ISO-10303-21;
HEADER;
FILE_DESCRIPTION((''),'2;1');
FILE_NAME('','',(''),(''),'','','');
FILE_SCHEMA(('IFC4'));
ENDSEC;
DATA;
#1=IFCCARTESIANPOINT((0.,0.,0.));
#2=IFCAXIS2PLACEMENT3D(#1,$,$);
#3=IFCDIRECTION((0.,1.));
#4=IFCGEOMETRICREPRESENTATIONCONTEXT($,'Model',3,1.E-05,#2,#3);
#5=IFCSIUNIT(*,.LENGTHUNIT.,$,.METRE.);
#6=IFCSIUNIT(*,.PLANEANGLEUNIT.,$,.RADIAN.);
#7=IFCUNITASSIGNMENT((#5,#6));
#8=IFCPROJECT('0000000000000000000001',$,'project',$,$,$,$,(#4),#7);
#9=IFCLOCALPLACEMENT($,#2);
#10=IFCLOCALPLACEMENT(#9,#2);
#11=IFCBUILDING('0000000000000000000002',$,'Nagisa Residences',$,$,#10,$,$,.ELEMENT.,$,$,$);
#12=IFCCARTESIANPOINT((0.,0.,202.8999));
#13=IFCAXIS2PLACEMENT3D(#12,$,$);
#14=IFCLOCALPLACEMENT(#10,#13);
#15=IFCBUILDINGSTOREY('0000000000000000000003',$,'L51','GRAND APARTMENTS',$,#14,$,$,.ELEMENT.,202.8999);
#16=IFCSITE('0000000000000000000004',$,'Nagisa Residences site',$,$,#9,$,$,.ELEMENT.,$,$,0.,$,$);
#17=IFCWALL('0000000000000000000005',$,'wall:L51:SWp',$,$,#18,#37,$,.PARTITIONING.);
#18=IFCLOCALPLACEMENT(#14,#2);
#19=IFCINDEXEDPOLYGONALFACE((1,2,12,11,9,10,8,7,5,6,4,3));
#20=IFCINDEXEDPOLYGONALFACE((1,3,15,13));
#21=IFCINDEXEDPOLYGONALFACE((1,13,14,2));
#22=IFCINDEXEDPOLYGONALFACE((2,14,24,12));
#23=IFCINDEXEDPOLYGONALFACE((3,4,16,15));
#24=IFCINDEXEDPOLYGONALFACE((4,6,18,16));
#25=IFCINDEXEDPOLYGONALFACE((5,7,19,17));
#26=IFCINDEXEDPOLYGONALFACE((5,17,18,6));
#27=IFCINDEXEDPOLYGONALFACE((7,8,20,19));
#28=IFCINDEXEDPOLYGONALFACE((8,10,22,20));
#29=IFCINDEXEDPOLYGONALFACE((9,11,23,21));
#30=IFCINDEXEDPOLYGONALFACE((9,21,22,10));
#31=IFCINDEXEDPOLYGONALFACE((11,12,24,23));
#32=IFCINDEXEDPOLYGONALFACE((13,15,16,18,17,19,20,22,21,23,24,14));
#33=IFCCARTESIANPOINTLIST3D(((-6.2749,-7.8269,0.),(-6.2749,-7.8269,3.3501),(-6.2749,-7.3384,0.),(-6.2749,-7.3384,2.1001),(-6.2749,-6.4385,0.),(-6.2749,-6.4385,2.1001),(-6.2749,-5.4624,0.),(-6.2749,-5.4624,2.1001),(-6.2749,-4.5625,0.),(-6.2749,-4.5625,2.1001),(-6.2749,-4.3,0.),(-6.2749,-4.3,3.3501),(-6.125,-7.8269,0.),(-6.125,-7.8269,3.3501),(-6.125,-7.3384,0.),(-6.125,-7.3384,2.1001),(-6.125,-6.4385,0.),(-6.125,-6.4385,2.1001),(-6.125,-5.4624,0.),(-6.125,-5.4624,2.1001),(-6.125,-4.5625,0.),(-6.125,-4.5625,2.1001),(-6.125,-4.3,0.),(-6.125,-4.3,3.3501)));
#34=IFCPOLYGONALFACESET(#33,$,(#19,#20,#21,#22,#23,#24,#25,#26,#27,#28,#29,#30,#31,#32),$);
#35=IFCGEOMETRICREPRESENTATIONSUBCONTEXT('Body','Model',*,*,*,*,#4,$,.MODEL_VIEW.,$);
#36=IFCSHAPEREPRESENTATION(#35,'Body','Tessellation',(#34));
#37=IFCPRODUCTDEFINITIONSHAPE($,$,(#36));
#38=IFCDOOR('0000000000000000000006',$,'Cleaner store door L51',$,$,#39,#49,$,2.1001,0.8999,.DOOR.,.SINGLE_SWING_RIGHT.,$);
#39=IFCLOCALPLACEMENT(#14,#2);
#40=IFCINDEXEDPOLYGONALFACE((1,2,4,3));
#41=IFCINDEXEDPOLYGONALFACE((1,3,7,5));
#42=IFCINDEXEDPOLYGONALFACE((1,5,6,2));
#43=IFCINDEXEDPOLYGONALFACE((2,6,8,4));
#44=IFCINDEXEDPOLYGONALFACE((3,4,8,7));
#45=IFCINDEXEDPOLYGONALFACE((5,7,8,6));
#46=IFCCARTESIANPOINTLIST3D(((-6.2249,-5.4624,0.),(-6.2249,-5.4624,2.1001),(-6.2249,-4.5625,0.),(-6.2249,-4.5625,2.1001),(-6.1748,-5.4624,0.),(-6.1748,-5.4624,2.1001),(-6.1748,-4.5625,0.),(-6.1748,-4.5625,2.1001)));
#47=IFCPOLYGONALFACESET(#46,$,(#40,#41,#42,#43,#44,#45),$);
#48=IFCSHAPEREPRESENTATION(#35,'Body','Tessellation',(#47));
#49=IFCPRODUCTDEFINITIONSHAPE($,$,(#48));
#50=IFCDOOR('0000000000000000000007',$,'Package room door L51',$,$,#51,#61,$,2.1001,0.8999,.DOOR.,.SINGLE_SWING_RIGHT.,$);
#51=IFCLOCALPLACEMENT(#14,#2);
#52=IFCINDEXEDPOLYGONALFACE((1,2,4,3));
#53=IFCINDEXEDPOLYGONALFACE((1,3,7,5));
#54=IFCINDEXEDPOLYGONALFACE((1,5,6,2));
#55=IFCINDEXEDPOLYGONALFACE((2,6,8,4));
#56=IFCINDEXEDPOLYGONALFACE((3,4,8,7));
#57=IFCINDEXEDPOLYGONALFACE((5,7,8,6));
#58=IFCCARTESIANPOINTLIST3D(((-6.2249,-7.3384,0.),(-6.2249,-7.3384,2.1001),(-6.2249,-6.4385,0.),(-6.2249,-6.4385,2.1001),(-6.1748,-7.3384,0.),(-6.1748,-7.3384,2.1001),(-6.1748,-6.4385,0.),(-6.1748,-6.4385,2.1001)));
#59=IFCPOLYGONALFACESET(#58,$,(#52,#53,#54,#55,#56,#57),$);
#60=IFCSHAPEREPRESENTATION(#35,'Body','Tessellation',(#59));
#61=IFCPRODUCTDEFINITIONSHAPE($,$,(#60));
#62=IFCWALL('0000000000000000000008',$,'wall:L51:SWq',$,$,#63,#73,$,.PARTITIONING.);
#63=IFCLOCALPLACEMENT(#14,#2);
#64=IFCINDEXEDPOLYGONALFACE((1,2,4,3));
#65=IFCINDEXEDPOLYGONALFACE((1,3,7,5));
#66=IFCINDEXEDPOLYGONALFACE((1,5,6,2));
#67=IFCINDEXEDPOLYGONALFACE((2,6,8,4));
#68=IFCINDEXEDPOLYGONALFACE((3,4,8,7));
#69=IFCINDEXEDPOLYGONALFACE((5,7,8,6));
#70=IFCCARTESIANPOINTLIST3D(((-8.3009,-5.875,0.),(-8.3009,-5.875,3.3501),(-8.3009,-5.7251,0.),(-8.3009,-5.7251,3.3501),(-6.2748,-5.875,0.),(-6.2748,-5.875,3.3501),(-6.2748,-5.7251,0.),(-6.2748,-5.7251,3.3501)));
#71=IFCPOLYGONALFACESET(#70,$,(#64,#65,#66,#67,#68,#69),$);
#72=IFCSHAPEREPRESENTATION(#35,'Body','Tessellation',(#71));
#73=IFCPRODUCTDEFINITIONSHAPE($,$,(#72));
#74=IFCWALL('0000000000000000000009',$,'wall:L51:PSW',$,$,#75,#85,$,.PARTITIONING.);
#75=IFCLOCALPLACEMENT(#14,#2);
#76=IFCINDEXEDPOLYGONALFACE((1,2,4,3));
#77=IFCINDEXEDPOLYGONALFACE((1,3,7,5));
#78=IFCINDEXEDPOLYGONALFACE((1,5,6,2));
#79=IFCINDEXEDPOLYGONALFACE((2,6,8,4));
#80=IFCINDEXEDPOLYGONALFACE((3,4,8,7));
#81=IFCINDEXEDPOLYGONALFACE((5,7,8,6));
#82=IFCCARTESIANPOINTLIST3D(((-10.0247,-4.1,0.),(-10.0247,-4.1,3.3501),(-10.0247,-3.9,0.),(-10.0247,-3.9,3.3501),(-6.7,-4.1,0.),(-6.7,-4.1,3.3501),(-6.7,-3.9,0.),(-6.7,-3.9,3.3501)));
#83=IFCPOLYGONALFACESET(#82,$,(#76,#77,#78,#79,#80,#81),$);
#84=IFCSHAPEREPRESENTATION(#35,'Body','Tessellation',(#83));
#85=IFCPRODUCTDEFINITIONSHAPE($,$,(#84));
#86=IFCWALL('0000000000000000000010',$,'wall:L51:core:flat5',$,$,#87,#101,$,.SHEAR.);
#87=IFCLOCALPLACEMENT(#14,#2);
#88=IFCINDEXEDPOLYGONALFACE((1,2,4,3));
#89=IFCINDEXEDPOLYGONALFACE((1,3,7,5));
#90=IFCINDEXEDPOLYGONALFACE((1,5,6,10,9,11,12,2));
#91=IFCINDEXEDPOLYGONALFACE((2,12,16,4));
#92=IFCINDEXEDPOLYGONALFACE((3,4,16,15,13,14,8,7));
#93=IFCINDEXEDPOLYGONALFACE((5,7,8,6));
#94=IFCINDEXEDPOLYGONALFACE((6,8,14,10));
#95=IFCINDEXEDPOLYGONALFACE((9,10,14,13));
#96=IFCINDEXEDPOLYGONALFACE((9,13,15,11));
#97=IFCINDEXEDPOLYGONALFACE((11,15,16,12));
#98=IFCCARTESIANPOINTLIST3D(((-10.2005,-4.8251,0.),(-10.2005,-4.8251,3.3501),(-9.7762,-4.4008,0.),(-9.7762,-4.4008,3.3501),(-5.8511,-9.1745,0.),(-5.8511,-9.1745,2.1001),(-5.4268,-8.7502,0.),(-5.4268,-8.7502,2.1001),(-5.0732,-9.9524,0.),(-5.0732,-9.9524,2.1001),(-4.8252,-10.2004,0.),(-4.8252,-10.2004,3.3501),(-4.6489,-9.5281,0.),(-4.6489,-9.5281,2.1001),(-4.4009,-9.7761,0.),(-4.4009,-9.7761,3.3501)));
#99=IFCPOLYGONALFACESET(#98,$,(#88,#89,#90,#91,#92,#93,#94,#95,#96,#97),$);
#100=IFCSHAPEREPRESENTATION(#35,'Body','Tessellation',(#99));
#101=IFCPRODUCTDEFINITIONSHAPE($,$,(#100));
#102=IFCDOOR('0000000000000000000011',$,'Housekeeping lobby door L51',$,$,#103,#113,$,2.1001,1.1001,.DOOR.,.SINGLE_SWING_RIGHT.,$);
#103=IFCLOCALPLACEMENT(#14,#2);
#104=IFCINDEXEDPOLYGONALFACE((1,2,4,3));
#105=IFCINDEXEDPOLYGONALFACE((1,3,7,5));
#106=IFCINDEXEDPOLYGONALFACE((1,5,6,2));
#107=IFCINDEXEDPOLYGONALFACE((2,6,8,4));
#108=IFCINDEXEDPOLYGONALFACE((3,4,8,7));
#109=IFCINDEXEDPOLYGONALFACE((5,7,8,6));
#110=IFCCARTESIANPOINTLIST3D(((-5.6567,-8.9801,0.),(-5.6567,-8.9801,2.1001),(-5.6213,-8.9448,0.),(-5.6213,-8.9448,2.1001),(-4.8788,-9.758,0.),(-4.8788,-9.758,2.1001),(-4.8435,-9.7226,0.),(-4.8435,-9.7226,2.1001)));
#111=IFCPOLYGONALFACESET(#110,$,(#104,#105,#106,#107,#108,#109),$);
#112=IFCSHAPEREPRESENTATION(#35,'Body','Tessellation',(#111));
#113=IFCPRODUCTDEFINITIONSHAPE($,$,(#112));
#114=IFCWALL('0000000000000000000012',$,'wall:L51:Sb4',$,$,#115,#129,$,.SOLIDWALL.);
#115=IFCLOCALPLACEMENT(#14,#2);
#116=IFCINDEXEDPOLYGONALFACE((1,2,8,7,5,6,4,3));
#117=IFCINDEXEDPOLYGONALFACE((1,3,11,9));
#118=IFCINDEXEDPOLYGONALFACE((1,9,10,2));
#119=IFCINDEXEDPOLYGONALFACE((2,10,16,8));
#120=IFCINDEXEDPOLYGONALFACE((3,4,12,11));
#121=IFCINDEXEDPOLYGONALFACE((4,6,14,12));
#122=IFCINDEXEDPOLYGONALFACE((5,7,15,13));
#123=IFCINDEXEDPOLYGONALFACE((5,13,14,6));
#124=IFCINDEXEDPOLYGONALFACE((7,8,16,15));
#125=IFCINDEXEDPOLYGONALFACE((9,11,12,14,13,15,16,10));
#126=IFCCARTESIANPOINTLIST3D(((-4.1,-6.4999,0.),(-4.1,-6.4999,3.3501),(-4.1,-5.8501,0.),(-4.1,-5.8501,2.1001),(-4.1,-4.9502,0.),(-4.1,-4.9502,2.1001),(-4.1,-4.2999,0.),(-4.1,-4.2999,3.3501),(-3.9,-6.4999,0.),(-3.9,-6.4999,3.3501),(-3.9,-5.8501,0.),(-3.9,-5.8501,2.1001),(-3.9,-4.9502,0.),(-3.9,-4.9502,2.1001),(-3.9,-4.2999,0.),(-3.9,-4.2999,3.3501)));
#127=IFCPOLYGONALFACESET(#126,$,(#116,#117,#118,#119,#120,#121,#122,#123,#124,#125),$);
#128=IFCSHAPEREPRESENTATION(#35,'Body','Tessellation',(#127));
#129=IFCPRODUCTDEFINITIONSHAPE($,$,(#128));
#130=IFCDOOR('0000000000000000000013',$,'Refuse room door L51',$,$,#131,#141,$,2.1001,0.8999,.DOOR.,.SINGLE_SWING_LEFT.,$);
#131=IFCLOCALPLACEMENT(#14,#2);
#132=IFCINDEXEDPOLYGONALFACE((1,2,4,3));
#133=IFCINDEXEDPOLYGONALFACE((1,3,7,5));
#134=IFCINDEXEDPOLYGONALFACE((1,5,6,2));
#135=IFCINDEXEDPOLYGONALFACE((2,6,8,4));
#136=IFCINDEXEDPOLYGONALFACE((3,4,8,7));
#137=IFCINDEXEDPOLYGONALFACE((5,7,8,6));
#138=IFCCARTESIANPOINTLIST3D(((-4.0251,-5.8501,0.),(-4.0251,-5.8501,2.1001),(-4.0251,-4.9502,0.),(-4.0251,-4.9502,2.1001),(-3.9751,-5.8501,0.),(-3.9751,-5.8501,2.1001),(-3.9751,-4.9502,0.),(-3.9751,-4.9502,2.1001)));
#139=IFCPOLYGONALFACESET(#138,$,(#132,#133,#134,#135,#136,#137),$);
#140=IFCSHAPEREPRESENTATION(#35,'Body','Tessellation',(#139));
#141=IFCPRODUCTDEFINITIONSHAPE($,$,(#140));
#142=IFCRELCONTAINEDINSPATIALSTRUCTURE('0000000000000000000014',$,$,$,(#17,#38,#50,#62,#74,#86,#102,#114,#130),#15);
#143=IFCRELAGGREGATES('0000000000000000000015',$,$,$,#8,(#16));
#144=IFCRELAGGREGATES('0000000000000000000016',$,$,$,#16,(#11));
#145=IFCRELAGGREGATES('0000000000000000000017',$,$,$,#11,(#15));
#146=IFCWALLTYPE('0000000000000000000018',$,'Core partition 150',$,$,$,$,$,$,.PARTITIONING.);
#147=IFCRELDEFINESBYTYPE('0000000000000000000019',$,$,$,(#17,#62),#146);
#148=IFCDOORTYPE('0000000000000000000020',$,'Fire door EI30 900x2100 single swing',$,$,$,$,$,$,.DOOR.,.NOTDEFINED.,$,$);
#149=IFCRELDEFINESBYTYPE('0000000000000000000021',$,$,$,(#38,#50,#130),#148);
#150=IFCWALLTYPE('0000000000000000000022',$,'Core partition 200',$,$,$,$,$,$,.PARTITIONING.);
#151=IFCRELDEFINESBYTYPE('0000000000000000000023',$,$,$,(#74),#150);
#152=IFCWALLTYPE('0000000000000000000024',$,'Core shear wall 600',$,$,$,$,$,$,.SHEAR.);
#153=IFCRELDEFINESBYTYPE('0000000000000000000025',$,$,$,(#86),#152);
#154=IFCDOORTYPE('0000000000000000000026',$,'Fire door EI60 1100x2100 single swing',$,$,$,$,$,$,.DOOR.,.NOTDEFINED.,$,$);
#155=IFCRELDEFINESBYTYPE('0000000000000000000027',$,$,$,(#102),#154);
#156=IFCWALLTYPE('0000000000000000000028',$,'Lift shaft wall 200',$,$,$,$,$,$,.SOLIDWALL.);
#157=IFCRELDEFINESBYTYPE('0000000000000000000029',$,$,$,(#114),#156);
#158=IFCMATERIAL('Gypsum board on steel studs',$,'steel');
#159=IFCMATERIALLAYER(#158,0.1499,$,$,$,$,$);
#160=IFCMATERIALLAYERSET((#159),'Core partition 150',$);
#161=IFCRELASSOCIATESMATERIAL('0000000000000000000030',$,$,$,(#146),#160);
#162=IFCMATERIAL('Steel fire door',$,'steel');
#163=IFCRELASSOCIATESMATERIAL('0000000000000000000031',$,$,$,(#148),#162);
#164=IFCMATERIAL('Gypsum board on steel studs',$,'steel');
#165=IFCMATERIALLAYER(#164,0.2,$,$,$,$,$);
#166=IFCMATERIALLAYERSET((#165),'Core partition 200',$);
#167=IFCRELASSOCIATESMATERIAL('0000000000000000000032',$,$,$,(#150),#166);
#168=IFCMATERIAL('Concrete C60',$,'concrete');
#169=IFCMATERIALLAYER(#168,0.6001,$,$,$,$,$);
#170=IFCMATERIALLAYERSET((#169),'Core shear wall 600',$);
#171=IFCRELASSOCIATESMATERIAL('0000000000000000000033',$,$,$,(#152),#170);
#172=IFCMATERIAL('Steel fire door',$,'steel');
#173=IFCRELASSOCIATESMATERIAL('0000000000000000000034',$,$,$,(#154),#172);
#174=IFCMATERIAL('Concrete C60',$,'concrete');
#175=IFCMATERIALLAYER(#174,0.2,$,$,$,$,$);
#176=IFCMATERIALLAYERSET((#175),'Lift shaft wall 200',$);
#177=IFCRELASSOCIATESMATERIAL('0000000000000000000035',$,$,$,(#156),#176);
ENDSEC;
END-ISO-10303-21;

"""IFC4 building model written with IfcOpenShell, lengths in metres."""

from ifc_helpers import new_model, si_unit, direction, frame, frame_2d, origin, place, context, subcontext, project, spatial, rectangle, extrude, material, layer, layer_set, type_object, element, fill, save


model = new_model("IFC4")

# Units and contexts
model_context = context("Model", 3, precision=1e-05, world=origin(), true_north=direction((0.0, 1.0)))
body_context = subcontext(model_context, "Body", "Model", "MODEL_VIEW")
ifc_project = project(units=[si_unit("LENGTHUNIT", "METRE"), si_unit("PLANEANGLEUNIT", "RADIAN")], contexts=[model_context])

# Site, building, storey
site_placement = place(None, origin())
site = spatial("IfcSite", under=ifc_project, at=site_placement, Name="Nagisa Residences site", CompositionType="ELEMENT", RefElevation=0.0)
building_placement = place(site_placement, origin())
building = spatial("IfcBuilding", under=site, at=building_placement, Name="Nagisa Residences", CompositionType="ELEMENT")
storey_placement = place(building_placement, frame((0.0, 0.0, 202.8999)))
storey = spatial("IfcBuildingStorey", under=building, at=storey_placement, Name="L51", Description="GRAND APARTMENTS", CompositionType="ELEMENT", Elevation=202.8999)

# Wall, openings, doors
ifc_material_1 = material(Name="Gypsum board on steel studs", Category="steel")
ifc_layer_1 = layer(ifc_material_1, 0.1499)
ifc_layer_set_1 = layer_set([ifc_layer_1], Name="Core partition 150")
wall_type_1 = type_object("IfcWallType", Name="Core partition 150", PredefinedType="PARTITIONING", material=ifc_layer_set_1)
wall_1_placement = place(storey_placement, frame((-6.2, -7.8269, 0.0), z_axis=(0.0, 0.0, 1.0), x_axis=(0.0, 1.0, 0.0)))
wall_1 = element("IfcWall", 1, at=wall_1_placement, inside=storey, type_object=wall_type_1, Name="wall:L51:SWp", PredefinedType="PARTITIONING", context=body_context, shape_type="SweptSolid", body=[
    extrude(rectangle(XDim=3.5269, YDim=0.1499, at=frame_2d((1.7634, 0.0))), origin(), (0.0, 0.0, 1.0), 3.3501),
])
opening_1_placement = place(wall_1_placement, frame((2.3645, 0.0, 0.0)))
opening_1 = element("IfcOpeningElement", 2, at=opening_1_placement, cuts=wall_1, PredefinedType="OPENING", context=body_context, shape_type="SweptSolid", body=[
    extrude(rectangle(XDim=0.8999, YDim=2.1001, at=frame_2d((0.45, 1.05))), frame((0.0, 0.085, 0.0), z_axis=(0.0, -1.0, 0.0), x_axis=(1.0, 0.0, 0.0)), (0.0, 0.0, 1.0), 0.1699),
])
opening_2_placement = place(wall_1_placement, frame((0.4885, 0.0, 0.0)))
opening_2 = element("IfcOpeningElement", 3, at=opening_2_placement, cuts=wall_1, PredefinedType="OPENING", context=body_context, shape_type="SweptSolid", body=[
    extrude(rectangle(XDim=0.8999, YDim=2.1001, at=frame_2d((0.45, 1.05))), frame((0.0, 0.085, 0.0), z_axis=(0.0, -1.0, 0.0), x_axis=(1.0, 0.0, 0.0)), (0.0, 0.0, 1.0), 0.1699),
])
ifc_material_2 = material(Name="Steel fire door", Category="steel")
door_type_1 = type_object("IfcDoorType", Name="Fire door EI30 900x2100 single swing", OperationType="NOTDEFINED", PredefinedType="DOOR", material=ifc_material_2)
door_1_placement = place(opening_1_placement, origin())
door_1 = element("IfcDoor", 4, at=door_1_placement, inside=storey, type_object=door_type_1, Name="Cleaner store door L51", OperationType="SINGLE_SWING_RIGHT", OverallHeight=2.1001, OverallWidth=0.8999, PredefinedType="DOOR", context=body_context, shape_type="SweptSolid", body=[
    extrude(rectangle(XDim=0.8999, YDim=2.1001, at=frame_2d((0.45, 1.05))), frame((0.0, 0.0249, 0.0), z_axis=(0.0, -1.0, 0.0), x_axis=(1.0, 0.0, 0.0)), (0.0, 0.0, 1.0), 0.05),
])
fill(opening_1, door_1)
door_2_placement = place(opening_2_placement, origin())
door_2 = element("IfcDoor", 5, at=door_2_placement, inside=storey, type_object=door_type_1, Name="Package room door L51", OperationType="SINGLE_SWING_RIGHT", OverallHeight=2.1001, OverallWidth=0.8999, PredefinedType="DOOR", context=body_context, shape_type="SweptSolid", body=[
    extrude(rectangle(XDim=0.8999, YDim=2.1001, at=frame_2d((0.45, 1.05))), frame((0.0, 0.0249, 0.0), z_axis=(0.0, -1.0, 0.0), x_axis=(1.0, 0.0, 0.0)), (0.0, 0.0, 1.0), 0.05),
])
fill(opening_2, door_2)

# Walls
wall_2_placement = place(storey_placement, frame((-8.301, -5.8, 0.0), z_axis=(0.0, 0.0, 1.0), x_axis=(1.0, 0.0, 0.0)))
element("IfcWall", 6, at=wall_2_placement, inside=storey, type_object=wall_type_1, Name="wall:L51:SWq", PredefinedType="PARTITIONING", context=body_context, shape_type="SweptSolid", body=[
    extrude(rectangle(XDim=2.0261, YDim=0.1499, at=frame_2d((1.0132, 0.0))), origin(), (0.0, 0.0, 1.0), 3.3501),
])
ifc_material_3 = material(Name="Gypsum board on steel studs", Category="steel")
ifc_layer_2 = layer(ifc_material_3, 0.2)
ifc_layer_set_2 = layer_set([ifc_layer_2], Name="Core partition 200")
wall_type_2 = type_object("IfcWallType", Name="Core partition 200", PredefinedType="PARTITIONING", material=ifc_layer_set_2)
wall_3_placement = place(storey_placement, frame((-10.0247, -4.0, 0.0), z_axis=(0.0, 0.0, 1.0), x_axis=(1.0, 0.0, 0.0)))
element("IfcWall", 7, at=wall_3_placement, inside=storey, type_object=wall_type_2, Name="wall:L51:PSW", PredefinedType="PARTITIONING", context=body_context, shape_type="SweptSolid", body=[
    extrude(rectangle(XDim=3.3247, YDim=0.2, at=frame_2d((1.6624, 0.0))), origin(), (0.0, 0.0, 1.0), 3.3501),
])

# Walls, openings, doors
ifc_material_4 = material(Name="Concrete C60", Category="concrete")
ifc_layer_3 = layer(ifc_material_4, 0.6001)
ifc_layer_set_3 = layer_set([ifc_layer_3], Name="Core shear wall 600")
wall_type_3 = type_object("IfcWallType", Name="Core shear wall 600", PredefinedType="SHEAR", material=ifc_layer_set_3)
wall_4_placement = place(storey_placement, frame((-9.9883, -4.613, 0.0), z_axis=(0.0, 0.0, 1.0), x_axis=(0.707107, -0.707107, 0.0)))
wall_4 = element("IfcWall", 8, at=wall_4_placement, inside=storey, type_object=wall_type_3, Name="wall:L51:core:flat5", PredefinedType="SHEAR", context=body_context, shape_type="SweptSolid", body=[
    extrude(rectangle(XDim=7.6018, YDim=0.6001, at=frame_2d((3.8008, 0.0))), origin(), (0.0, 0.0, 1.0), 3.3501),
])
opening_3_placement = place(wall_4_placement, frame((6.1509, 0.0, 0.0)))
opening_3 = element("IfcOpeningElement", 9, at=opening_3_placement, cuts=wall_4, PredefinedType="OPENING", context=body_context, shape_type="SweptSolid", body=[
    extrude(rectangle(XDim=1.1001, YDim=2.1001, at=frame_2d((0.55, 1.05))), frame((0.0, 0.3101, 0.0), z_axis=(0.0, -1.0, 0.0), x_axis=(1.0, 0.0, 0.0)), (0.0, 0.0, 1.0), 0.6201),
])
ifc_material_5 = material(Name="Steel fire door", Category="steel")
door_type_2 = type_object("IfcDoorType", Name="Fire door EI60 1100x2100 single swing", OperationType="NOTDEFINED", PredefinedType="DOOR", material=ifc_material_5)
door_3_placement = place(opening_3_placement, origin())
door_3 = element("IfcDoor", 10, at=door_3_placement, inside=storey, type_object=door_type_2, Name="Housekeeping lobby door L51", OperationType="SINGLE_SWING_RIGHT", OverallHeight=2.1001, OverallWidth=1.1001, PredefinedType="DOOR", context=body_context, shape_type="SweptSolid", body=[
    extrude(rectangle(XDim=1.1001, YDim=2.1001, at=frame_2d((0.55, 1.05))), frame((0.0, 0.0249, 0.0), z_axis=(0.0, -1.0, 0.0), x_axis=(1.0, 0.0, 0.0)), (0.0, 0.0, 1.0), 0.05),
])
fill(opening_3, door_3)
ifc_material_6 = material(Name="Concrete C60", Category="concrete")
ifc_layer_4 = layer(ifc_material_6, 0.2)
ifc_layer_set_4 = layer_set([ifc_layer_4], Name="Lift shaft wall 200")
wall_type_4 = type_object("IfcWallType", Name="Lift shaft wall 200", PredefinedType="SOLIDWALL", material=ifc_layer_set_4)
wall_5_placement = place(storey_placement, frame((-4.0, -6.5, 0.0), z_axis=(0.0, 0.0, 1.0), x_axis=(0.0, 1.0, 0.0)))
wall_5 = element("IfcWall", 11, at=wall_5_placement, inside=storey, type_object=wall_type_4, Name="wall:L51:Sb4", PredefinedType="SOLIDWALL", context=body_context, shape_type="SweptSolid", body=[
    extrude(rectangle(XDim=2.2, YDim=0.2, at=frame_2d((1.1001, 0.0))), origin(), (0.0, 0.0, 1.0), 3.3501),
])
opening_4_placement = place(wall_5_placement, frame((0.6499, 0.0, 0.0)))
opening_4 = element("IfcOpeningElement", 12, at=opening_4_placement, cuts=wall_5, PredefinedType="OPENING", context=body_context, shape_type="SweptSolid", body=[
    extrude(rectangle(XDim=0.8999, YDim=2.1001, at=frame_2d((0.45, 1.05))), frame((0.0, 0.1099, 0.0), z_axis=(0.0, -1.0, 0.0), x_axis=(1.0, 0.0, 0.0)), (0.0, 0.0, 1.0), 0.22),
])
door_4_placement = place(opening_4_placement, frame((0.8999, 0.0, 0.0), x_axis=(-1.0, 0.0, 0.0)))
door_4 = element("IfcDoor", 13, at=door_4_placement, inside=storey, type_object=door_type_1, Name="Refuse room door L51", OperationType="SINGLE_SWING_LEFT", OverallHeight=2.1001, OverallWidth=0.8999, PredefinedType="DOOR", context=body_context, shape_type="SweptSolid", body=[
    extrude(rectangle(XDim=0.8999, YDim=2.1001, at=frame_2d((0.45, 1.05))), frame((0.0, 0.0249, 0.0), z_axis=(0.0, -1.0, 0.0), x_axis=(1.0, 0.0, 0.0)), (0.0, 0.0, 1.0), 0.05),
])
fill(opening_4, door_4)

save(model, "model.ifc")
